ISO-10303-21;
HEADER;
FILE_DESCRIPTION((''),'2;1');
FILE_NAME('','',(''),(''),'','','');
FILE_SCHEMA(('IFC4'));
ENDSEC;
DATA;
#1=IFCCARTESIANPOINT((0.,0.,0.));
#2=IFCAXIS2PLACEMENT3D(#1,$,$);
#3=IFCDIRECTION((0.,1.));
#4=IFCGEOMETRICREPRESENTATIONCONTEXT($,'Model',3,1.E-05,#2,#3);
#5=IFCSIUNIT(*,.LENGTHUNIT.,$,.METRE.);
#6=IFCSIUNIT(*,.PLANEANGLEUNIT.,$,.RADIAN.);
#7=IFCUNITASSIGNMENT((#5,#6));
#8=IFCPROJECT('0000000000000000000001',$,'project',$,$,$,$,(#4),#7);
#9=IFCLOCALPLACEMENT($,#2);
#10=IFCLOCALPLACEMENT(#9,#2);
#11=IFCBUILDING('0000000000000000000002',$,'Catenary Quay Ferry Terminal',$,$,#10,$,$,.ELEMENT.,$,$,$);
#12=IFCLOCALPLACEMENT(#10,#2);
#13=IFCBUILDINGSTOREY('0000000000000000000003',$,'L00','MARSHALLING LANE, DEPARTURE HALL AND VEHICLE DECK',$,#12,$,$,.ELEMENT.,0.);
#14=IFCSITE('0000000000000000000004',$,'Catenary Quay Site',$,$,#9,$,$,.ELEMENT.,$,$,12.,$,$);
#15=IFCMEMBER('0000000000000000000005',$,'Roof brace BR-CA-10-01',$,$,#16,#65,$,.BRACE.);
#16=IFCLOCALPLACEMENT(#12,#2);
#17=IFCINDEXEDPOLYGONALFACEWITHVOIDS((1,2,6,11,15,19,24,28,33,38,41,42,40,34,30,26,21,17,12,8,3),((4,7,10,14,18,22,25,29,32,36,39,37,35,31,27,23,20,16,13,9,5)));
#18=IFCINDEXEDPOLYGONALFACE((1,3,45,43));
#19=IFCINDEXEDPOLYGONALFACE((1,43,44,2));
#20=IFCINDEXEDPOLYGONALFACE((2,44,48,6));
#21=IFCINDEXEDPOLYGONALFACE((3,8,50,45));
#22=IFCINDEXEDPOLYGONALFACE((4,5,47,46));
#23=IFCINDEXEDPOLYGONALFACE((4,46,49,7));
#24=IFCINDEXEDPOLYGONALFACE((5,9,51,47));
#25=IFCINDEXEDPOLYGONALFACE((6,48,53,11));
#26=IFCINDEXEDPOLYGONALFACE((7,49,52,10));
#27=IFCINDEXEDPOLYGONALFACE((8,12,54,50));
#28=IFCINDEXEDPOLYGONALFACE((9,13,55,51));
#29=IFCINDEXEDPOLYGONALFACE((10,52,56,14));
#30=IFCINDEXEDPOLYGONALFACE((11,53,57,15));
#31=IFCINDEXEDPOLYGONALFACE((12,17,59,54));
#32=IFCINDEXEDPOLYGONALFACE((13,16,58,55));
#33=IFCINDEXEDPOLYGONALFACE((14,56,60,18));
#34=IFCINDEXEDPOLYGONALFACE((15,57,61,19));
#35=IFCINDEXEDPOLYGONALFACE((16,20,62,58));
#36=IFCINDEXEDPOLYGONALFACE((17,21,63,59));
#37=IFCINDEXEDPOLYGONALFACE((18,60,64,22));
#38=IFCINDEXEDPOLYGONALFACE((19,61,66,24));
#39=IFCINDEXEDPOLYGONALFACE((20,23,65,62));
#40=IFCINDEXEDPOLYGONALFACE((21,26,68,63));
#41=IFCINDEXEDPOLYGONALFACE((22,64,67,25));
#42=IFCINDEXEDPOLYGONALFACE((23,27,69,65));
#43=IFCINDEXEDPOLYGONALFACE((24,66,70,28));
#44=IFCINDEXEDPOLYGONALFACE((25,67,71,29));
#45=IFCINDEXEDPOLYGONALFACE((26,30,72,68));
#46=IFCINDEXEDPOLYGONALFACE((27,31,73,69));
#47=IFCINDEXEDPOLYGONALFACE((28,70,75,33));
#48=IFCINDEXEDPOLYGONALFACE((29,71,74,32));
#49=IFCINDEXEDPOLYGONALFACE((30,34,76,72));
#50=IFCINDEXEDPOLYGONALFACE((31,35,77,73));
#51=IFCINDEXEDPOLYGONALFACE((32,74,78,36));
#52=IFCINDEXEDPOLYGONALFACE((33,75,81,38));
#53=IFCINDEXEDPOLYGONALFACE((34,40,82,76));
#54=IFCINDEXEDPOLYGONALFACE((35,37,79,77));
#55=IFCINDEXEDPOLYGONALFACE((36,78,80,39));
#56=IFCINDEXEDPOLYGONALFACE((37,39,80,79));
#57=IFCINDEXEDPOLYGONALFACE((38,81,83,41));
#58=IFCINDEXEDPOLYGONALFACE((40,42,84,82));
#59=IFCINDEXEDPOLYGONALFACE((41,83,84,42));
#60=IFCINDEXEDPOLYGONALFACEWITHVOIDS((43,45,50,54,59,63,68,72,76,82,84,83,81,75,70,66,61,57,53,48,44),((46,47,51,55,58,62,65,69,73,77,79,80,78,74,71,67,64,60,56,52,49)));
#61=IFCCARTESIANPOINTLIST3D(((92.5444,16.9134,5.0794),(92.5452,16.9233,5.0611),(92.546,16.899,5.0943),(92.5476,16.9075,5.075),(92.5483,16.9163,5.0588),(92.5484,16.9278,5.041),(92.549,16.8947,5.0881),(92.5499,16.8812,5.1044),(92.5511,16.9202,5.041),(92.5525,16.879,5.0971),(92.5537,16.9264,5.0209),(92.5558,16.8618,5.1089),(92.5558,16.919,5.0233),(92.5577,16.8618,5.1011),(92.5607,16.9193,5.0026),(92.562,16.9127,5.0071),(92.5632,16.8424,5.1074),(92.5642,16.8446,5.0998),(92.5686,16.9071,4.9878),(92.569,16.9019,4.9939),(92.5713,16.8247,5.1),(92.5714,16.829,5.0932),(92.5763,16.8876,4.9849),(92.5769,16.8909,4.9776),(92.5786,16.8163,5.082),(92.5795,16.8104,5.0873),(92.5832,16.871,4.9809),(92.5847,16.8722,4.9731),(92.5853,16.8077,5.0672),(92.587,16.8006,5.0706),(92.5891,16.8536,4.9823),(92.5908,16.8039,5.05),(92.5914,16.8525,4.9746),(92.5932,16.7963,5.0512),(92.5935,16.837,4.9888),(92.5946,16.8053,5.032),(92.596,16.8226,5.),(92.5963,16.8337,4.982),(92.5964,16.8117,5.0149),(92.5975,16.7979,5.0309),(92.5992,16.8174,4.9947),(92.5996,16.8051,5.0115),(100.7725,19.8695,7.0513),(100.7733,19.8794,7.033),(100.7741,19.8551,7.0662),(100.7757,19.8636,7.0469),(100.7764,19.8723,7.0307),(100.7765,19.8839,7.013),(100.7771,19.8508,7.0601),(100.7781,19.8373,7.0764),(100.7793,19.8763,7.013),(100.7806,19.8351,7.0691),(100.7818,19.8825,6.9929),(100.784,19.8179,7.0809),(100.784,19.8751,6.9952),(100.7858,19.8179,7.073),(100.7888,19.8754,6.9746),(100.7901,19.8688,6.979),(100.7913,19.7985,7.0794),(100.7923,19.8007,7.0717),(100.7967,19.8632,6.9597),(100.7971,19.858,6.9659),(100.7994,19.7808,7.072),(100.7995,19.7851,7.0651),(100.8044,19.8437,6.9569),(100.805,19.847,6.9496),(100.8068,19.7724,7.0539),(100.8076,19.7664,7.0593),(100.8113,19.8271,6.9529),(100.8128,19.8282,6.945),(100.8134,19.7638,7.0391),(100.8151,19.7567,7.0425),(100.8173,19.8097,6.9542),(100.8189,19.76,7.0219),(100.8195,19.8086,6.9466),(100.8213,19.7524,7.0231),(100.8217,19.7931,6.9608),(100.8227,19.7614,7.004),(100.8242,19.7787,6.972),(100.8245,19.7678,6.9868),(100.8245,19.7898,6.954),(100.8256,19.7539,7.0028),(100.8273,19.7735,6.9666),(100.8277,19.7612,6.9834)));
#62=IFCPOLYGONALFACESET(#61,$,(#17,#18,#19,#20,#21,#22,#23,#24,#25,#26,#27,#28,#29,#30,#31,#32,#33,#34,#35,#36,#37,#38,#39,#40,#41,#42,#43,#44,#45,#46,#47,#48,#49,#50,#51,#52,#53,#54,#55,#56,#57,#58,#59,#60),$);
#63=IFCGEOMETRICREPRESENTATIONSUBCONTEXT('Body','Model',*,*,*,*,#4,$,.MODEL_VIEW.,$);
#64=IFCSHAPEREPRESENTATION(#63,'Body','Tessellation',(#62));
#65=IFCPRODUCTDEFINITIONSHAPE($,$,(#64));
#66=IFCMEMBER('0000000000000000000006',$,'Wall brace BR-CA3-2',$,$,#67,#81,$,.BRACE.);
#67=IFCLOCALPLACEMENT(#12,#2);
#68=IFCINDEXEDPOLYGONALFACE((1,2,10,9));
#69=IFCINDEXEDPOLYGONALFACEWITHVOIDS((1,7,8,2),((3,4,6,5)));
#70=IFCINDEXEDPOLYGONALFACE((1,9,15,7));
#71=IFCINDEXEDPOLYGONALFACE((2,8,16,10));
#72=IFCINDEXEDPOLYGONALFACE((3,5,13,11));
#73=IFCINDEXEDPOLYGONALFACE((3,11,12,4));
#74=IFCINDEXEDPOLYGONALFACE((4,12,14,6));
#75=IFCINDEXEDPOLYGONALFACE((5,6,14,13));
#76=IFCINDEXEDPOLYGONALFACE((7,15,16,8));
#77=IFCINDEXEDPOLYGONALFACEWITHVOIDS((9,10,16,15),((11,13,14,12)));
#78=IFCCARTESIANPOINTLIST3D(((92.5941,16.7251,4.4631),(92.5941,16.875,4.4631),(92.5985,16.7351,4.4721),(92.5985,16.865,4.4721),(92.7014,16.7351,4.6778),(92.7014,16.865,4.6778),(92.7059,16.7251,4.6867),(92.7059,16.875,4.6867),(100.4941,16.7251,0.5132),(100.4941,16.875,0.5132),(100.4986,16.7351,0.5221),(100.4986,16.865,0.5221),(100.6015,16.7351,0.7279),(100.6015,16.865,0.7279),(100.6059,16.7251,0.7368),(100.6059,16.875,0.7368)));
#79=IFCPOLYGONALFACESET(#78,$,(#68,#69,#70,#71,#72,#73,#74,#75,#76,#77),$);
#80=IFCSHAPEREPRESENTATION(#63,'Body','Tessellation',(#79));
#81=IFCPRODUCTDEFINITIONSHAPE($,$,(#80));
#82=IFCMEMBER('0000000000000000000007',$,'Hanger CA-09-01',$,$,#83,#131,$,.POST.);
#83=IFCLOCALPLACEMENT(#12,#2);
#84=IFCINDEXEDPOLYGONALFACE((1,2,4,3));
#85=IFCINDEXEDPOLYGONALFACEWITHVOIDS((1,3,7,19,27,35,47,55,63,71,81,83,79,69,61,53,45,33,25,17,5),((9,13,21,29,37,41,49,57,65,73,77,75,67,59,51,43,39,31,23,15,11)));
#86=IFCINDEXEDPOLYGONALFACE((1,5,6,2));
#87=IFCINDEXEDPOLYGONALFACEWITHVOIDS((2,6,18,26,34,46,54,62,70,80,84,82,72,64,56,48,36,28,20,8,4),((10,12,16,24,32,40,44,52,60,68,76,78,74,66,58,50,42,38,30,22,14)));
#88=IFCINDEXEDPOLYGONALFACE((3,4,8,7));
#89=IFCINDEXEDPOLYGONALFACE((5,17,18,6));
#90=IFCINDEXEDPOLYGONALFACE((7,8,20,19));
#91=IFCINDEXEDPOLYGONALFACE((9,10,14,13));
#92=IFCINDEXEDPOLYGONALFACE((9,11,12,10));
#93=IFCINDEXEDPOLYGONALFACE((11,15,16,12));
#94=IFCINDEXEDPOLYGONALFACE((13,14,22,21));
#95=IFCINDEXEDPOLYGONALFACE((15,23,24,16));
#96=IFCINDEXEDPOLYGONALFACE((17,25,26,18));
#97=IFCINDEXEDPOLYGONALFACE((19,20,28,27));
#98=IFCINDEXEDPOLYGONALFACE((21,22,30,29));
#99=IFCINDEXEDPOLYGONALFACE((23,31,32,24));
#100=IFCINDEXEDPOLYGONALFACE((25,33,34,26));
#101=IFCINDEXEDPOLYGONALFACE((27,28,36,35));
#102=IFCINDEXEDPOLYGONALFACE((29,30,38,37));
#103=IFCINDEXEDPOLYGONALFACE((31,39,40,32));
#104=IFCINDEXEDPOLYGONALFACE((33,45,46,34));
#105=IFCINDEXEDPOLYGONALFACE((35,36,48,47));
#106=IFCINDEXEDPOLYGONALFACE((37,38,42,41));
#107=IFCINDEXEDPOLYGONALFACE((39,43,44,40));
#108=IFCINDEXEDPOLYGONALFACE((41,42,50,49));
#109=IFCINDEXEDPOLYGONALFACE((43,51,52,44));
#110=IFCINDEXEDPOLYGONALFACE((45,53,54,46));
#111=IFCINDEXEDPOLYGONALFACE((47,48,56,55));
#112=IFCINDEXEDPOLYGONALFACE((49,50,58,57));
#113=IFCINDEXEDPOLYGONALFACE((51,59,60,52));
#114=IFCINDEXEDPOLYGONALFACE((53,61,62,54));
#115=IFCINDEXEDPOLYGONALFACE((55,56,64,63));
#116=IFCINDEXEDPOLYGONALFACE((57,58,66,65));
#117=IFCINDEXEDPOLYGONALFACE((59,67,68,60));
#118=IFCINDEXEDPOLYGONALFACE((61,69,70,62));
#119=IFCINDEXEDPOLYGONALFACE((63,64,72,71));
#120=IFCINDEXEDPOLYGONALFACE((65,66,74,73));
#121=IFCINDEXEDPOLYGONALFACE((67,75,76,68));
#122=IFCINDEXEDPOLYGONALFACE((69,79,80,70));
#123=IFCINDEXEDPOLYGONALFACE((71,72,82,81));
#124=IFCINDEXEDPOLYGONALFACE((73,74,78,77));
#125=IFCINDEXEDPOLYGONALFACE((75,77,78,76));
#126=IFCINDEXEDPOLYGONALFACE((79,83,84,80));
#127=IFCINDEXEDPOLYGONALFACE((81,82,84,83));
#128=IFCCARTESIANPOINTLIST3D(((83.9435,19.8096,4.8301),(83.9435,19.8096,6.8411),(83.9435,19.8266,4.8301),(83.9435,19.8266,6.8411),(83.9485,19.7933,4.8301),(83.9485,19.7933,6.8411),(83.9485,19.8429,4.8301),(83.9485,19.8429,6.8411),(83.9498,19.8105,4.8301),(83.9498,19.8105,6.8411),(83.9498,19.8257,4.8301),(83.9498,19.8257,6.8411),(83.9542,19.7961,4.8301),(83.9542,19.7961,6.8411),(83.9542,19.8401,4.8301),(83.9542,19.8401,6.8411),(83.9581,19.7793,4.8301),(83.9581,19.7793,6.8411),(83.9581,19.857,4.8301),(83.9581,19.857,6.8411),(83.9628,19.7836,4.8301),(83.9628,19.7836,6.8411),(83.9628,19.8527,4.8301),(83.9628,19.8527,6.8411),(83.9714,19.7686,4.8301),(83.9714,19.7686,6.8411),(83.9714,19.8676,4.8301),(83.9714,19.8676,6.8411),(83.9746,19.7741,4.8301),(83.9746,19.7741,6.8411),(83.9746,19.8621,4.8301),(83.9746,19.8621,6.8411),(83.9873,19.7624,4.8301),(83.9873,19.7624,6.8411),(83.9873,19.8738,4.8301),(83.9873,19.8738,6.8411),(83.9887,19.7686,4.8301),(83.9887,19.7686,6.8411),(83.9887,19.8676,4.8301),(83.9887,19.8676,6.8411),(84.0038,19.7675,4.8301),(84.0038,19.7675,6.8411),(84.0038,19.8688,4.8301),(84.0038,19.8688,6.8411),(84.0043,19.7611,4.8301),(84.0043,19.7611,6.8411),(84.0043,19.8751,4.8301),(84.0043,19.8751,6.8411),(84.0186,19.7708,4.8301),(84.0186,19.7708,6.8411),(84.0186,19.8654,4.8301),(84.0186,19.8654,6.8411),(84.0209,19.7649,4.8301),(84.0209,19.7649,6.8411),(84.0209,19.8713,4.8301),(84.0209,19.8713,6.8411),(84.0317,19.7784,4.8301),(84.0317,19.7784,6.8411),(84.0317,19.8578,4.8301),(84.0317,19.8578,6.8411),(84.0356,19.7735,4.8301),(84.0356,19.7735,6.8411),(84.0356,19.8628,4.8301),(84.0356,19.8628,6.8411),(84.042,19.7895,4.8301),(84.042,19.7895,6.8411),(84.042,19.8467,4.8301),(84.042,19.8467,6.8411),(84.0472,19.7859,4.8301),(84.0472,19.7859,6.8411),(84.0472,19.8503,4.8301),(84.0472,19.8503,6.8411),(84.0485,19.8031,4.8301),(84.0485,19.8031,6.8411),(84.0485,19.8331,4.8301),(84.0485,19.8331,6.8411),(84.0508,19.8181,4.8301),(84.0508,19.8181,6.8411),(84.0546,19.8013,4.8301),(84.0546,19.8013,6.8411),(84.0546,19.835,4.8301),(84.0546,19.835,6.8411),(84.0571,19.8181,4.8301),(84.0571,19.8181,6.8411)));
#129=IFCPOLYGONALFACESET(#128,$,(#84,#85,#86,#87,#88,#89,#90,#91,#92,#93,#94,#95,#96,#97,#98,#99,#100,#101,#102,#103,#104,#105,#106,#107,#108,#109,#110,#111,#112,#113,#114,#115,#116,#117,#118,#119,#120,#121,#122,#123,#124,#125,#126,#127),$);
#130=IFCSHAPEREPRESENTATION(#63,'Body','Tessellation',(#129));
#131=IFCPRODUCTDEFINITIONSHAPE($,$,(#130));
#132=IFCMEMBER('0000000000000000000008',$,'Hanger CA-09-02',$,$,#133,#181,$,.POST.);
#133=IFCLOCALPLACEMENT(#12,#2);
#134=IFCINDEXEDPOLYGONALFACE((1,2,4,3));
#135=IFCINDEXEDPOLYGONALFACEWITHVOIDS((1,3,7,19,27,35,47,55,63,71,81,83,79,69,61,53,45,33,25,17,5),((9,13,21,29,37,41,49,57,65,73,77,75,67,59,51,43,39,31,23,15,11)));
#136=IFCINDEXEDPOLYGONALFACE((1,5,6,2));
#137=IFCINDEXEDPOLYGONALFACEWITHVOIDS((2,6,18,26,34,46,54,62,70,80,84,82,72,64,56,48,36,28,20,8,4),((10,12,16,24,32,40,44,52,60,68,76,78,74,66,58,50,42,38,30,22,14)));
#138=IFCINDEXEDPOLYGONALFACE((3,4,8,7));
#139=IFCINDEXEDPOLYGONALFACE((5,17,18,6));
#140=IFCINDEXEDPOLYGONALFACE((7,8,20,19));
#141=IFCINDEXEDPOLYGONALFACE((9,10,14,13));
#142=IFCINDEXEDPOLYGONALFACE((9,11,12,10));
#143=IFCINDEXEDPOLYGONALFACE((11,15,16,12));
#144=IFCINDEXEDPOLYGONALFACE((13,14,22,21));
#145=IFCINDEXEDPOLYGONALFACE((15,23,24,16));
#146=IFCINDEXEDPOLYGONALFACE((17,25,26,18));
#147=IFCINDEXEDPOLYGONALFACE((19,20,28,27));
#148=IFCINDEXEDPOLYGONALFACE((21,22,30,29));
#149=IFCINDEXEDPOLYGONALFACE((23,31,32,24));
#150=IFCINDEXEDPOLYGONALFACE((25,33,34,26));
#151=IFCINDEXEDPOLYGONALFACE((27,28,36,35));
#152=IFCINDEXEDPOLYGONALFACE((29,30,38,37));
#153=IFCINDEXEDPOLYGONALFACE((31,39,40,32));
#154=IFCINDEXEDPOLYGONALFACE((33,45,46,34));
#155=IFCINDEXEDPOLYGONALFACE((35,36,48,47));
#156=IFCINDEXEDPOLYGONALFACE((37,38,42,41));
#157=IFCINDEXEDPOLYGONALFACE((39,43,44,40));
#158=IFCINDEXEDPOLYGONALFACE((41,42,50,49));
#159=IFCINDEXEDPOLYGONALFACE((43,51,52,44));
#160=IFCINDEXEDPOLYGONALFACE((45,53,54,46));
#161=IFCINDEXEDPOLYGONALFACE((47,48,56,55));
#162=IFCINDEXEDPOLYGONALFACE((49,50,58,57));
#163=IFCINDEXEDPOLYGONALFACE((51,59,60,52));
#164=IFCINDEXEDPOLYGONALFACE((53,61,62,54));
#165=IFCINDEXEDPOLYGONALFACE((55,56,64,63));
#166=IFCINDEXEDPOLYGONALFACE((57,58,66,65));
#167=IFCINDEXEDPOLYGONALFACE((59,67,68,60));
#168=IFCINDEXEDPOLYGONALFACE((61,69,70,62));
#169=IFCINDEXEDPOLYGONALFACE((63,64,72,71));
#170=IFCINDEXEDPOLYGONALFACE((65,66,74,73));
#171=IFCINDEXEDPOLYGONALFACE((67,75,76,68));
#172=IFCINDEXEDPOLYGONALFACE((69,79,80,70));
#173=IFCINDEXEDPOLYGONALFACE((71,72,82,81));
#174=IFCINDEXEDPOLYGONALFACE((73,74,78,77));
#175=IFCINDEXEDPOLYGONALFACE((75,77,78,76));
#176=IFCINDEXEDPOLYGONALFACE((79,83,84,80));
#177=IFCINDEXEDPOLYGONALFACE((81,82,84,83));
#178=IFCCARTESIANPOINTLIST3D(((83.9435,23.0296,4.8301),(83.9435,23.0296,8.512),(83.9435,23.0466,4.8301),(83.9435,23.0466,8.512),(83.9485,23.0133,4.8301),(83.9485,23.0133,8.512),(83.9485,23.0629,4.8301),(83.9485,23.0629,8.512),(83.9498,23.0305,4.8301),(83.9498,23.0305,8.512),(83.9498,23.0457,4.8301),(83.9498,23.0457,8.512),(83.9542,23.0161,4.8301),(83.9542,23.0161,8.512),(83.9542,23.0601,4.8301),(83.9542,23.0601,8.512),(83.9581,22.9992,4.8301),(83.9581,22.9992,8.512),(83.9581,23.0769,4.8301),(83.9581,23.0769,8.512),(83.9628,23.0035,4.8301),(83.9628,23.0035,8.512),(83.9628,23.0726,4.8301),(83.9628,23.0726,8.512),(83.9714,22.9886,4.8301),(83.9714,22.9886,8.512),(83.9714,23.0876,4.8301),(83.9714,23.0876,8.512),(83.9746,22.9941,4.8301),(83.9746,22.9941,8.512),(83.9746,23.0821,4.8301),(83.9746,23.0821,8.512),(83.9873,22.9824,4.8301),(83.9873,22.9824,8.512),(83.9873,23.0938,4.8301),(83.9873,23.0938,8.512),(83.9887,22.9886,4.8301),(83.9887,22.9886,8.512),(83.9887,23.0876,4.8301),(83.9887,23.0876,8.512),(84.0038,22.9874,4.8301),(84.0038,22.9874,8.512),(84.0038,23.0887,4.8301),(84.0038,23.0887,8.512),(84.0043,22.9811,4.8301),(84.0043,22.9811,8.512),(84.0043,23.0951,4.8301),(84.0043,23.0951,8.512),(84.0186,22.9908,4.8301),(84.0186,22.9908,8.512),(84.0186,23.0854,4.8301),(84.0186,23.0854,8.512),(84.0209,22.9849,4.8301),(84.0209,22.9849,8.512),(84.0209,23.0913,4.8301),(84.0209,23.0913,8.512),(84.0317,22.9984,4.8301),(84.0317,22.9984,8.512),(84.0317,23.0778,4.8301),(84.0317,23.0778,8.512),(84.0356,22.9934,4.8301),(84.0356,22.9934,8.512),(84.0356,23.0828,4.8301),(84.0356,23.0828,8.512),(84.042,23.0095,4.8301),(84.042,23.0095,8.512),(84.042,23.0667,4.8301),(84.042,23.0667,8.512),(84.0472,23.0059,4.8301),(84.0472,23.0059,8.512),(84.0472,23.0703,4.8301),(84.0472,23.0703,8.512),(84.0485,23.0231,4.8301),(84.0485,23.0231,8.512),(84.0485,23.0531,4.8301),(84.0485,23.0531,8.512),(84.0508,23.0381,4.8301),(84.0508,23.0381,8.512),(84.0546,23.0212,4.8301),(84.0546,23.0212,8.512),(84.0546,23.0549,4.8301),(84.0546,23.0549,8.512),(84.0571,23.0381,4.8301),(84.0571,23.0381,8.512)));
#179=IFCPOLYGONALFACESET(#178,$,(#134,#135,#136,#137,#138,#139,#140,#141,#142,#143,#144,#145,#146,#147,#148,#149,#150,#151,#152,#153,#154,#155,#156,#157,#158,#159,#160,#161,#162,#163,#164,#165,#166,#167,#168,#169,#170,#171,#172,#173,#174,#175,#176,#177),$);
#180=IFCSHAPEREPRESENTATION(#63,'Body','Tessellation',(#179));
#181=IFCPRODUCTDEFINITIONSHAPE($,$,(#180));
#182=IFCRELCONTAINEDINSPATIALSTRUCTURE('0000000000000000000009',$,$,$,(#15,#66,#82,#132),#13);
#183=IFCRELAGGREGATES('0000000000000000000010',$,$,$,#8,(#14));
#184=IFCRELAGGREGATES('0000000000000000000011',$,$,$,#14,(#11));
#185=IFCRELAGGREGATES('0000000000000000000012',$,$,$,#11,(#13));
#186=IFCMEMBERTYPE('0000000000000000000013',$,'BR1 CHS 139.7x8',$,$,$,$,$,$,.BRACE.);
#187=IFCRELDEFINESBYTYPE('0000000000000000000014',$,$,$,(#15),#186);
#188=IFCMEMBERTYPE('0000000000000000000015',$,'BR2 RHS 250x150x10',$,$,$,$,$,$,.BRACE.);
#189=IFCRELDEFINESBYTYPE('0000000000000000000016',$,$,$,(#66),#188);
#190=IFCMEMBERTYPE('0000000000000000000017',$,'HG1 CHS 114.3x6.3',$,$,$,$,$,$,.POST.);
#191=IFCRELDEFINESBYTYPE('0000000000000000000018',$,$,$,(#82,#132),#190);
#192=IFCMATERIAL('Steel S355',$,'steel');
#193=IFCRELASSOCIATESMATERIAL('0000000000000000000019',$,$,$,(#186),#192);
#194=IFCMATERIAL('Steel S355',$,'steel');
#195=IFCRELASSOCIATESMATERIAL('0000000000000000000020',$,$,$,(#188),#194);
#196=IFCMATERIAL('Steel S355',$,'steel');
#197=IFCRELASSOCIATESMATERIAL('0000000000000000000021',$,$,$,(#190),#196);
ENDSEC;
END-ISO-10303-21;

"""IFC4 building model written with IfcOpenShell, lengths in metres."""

from ifc_helpers import new_model, si_unit, direction, frame, origin, origin_2d, place, context, subcontext, project, spatial, hollow_rectangle, hollow_circle, extrude, material, material_profile, profile_set, type_object, element, save


model = new_model("IFC4")

# Units and contexts
model_context = context("Model", 3, precision=1e-05, world=origin(), true_north=direction((0.0, 1.0)))
body_context = subcontext(model_context, "Body", "Model", "MODEL_VIEW")
ifc_project = project(units=[si_unit("LENGTHUNIT", "METRE"), si_unit("PLANEANGLEUNIT", "RADIAN")], contexts=[model_context])

# Site, building, storey
site_placement = place(None, origin())
site = spatial("IfcSite", under=ifc_project, at=site_placement, Name="Catenary Quay Site", CompositionType="ELEMENT", RefElevation=12.0)
building_placement = place(site_placement, origin())
building = spatial("IfcBuilding", under=site, at=building_placement, Name="Catenary Quay Ferry Terminal", CompositionType="ELEMENT")
storey_placement = place(building_placement, origin())
storey = spatial("IfcBuildingStorey", under=building, at=storey_placement, Name="L00", Description="MARSHALLING LANE, DEPARTURE HALL AND VEHICLE DECK", CompositionType="ELEMENT", Elevation=0.0)

# Members
ifc_material_1 = material(Name="Steel S355", Category="steel")
ifc_material_profile_1 = material_profile(ifc_material_1, hollow_circle(Radius=0.0698, WallThickness=0.0081, at=origin_2d()), Name="CHS 139.7x8")
ifc_profile_set_1 = profile_set([ifc_material_profile_1], Name="Steel S355")
member_type_1 = type_object("IfcMemberType", Name="BR1 CHS 139.7x8", PredefinedType="BRACE", material=ifc_profile_set_1)
member_1_placement = place(storey_placement, frame((92.572, 16.8621, 5.041), z_axis=(0.918046, 0.329823, 0.220018), x_axis=(-0.338108, 0.941107, 0.0)))
element("IfcMember", 1, at=member_1_placement, inside=storey, type_object=member_type_1, Name="Roof brace BR-CA-10-01", PredefinedType="BRACE", context=body_context, shape_type="SweptSolid", body=[
    extrude(hollow_circle(Radius=0.0698, WallThickness=0.0081, at=origin_2d()), origin(), (0.0, 0.0, 1.0), 8.9626),
])
ifc_material_2 = material(Name="Steel S355", Category="steel")
ifc_material_profile_2 = material_profile(ifc_material_2, hollow_rectangle(XDim=0.1499, YDim=0.25, WallThickness=0.01, at=origin_2d()), Name="RHS 250x150x10")
ifc_profile_set_2 = profile_set([ifc_material_profile_2], Name="Steel S355")
member_type_2 = type_object("IfcMemberType", Name="BR2 RHS 250x150x10", PredefinedType="BRACE", material=ifc_profile_set_2)
member_2_placement = place(storey_placement, frame((100.55, 16.8, 0.625), z_axis=(-0.894433, 0.0, 0.447203), x_axis=(0.0, -1.0, 0.0)))
element("IfcMember", 2, at=member_2_placement, inside=storey, type_object=member_type_2, Name="Wall brace BR-CA3-2", PredefinedType="BRACE", context=body_context, shape_type="SweptSolid", body=[
    extrude(hollow_rectangle(XDim=0.1499, YDim=0.25, WallThickness=0.01, at=origin_2d()), origin(), (0.0, 0.0, 1.0), 8.8325),
])
ifc_material_3 = material(Name="Steel S355", Category="steel")
ifc_material_profile_3 = material_profile(ifc_material_3, hollow_circle(Radius=0.0571, WallThickness=0.0063, at=origin_2d()), Name="CHS 114.3x6.3")
ifc_profile_set_3 = profile_set([ifc_material_profile_3], Name="Steel S355")
member_type_3 = type_object("IfcMemberType", Name="HG1 CHS 114.3x6.3", PredefinedType="POST", material=ifc_profile_set_3)
member_3_placement = place(storey_placement, frame((84.0, 19.8181, 4.8301), z_axis=(0.0, 0.0, 1.0), x_axis=(1.0, 0.0, 0.0)))
element("IfcMember", 3, at=member_3_placement, inside=storey, type_object=member_type_3, Name="Hanger CA-09-01", PredefinedType="POST", context=body_context, shape_type="SweptSolid", body=[
    extrude(hollow_circle(Radius=0.0571, WallThickness=0.0063, at=origin_2d()), origin(), (0.0, 0.0, 1.0), 2.011),
])
member_4_placement = place(storey_placement, frame((84.0, 23.0381, 4.8301), z_axis=(0.0, 0.0, 1.0), x_axis=(1.0, 0.0, 0.0)))
element("IfcMember", 4, at=member_4_placement, inside=storey, type_object=member_type_3, Name="Hanger CA-09-02", PredefinedType="POST", context=body_context, shape_type="SweptSolid", body=[
    extrude(hollow_circle(Radius=0.0571, WallThickness=0.0063, at=origin_2d()), origin(), (0.0, 0.0, 1.0), 3.6819),
])

save(model, "model.ifc")
